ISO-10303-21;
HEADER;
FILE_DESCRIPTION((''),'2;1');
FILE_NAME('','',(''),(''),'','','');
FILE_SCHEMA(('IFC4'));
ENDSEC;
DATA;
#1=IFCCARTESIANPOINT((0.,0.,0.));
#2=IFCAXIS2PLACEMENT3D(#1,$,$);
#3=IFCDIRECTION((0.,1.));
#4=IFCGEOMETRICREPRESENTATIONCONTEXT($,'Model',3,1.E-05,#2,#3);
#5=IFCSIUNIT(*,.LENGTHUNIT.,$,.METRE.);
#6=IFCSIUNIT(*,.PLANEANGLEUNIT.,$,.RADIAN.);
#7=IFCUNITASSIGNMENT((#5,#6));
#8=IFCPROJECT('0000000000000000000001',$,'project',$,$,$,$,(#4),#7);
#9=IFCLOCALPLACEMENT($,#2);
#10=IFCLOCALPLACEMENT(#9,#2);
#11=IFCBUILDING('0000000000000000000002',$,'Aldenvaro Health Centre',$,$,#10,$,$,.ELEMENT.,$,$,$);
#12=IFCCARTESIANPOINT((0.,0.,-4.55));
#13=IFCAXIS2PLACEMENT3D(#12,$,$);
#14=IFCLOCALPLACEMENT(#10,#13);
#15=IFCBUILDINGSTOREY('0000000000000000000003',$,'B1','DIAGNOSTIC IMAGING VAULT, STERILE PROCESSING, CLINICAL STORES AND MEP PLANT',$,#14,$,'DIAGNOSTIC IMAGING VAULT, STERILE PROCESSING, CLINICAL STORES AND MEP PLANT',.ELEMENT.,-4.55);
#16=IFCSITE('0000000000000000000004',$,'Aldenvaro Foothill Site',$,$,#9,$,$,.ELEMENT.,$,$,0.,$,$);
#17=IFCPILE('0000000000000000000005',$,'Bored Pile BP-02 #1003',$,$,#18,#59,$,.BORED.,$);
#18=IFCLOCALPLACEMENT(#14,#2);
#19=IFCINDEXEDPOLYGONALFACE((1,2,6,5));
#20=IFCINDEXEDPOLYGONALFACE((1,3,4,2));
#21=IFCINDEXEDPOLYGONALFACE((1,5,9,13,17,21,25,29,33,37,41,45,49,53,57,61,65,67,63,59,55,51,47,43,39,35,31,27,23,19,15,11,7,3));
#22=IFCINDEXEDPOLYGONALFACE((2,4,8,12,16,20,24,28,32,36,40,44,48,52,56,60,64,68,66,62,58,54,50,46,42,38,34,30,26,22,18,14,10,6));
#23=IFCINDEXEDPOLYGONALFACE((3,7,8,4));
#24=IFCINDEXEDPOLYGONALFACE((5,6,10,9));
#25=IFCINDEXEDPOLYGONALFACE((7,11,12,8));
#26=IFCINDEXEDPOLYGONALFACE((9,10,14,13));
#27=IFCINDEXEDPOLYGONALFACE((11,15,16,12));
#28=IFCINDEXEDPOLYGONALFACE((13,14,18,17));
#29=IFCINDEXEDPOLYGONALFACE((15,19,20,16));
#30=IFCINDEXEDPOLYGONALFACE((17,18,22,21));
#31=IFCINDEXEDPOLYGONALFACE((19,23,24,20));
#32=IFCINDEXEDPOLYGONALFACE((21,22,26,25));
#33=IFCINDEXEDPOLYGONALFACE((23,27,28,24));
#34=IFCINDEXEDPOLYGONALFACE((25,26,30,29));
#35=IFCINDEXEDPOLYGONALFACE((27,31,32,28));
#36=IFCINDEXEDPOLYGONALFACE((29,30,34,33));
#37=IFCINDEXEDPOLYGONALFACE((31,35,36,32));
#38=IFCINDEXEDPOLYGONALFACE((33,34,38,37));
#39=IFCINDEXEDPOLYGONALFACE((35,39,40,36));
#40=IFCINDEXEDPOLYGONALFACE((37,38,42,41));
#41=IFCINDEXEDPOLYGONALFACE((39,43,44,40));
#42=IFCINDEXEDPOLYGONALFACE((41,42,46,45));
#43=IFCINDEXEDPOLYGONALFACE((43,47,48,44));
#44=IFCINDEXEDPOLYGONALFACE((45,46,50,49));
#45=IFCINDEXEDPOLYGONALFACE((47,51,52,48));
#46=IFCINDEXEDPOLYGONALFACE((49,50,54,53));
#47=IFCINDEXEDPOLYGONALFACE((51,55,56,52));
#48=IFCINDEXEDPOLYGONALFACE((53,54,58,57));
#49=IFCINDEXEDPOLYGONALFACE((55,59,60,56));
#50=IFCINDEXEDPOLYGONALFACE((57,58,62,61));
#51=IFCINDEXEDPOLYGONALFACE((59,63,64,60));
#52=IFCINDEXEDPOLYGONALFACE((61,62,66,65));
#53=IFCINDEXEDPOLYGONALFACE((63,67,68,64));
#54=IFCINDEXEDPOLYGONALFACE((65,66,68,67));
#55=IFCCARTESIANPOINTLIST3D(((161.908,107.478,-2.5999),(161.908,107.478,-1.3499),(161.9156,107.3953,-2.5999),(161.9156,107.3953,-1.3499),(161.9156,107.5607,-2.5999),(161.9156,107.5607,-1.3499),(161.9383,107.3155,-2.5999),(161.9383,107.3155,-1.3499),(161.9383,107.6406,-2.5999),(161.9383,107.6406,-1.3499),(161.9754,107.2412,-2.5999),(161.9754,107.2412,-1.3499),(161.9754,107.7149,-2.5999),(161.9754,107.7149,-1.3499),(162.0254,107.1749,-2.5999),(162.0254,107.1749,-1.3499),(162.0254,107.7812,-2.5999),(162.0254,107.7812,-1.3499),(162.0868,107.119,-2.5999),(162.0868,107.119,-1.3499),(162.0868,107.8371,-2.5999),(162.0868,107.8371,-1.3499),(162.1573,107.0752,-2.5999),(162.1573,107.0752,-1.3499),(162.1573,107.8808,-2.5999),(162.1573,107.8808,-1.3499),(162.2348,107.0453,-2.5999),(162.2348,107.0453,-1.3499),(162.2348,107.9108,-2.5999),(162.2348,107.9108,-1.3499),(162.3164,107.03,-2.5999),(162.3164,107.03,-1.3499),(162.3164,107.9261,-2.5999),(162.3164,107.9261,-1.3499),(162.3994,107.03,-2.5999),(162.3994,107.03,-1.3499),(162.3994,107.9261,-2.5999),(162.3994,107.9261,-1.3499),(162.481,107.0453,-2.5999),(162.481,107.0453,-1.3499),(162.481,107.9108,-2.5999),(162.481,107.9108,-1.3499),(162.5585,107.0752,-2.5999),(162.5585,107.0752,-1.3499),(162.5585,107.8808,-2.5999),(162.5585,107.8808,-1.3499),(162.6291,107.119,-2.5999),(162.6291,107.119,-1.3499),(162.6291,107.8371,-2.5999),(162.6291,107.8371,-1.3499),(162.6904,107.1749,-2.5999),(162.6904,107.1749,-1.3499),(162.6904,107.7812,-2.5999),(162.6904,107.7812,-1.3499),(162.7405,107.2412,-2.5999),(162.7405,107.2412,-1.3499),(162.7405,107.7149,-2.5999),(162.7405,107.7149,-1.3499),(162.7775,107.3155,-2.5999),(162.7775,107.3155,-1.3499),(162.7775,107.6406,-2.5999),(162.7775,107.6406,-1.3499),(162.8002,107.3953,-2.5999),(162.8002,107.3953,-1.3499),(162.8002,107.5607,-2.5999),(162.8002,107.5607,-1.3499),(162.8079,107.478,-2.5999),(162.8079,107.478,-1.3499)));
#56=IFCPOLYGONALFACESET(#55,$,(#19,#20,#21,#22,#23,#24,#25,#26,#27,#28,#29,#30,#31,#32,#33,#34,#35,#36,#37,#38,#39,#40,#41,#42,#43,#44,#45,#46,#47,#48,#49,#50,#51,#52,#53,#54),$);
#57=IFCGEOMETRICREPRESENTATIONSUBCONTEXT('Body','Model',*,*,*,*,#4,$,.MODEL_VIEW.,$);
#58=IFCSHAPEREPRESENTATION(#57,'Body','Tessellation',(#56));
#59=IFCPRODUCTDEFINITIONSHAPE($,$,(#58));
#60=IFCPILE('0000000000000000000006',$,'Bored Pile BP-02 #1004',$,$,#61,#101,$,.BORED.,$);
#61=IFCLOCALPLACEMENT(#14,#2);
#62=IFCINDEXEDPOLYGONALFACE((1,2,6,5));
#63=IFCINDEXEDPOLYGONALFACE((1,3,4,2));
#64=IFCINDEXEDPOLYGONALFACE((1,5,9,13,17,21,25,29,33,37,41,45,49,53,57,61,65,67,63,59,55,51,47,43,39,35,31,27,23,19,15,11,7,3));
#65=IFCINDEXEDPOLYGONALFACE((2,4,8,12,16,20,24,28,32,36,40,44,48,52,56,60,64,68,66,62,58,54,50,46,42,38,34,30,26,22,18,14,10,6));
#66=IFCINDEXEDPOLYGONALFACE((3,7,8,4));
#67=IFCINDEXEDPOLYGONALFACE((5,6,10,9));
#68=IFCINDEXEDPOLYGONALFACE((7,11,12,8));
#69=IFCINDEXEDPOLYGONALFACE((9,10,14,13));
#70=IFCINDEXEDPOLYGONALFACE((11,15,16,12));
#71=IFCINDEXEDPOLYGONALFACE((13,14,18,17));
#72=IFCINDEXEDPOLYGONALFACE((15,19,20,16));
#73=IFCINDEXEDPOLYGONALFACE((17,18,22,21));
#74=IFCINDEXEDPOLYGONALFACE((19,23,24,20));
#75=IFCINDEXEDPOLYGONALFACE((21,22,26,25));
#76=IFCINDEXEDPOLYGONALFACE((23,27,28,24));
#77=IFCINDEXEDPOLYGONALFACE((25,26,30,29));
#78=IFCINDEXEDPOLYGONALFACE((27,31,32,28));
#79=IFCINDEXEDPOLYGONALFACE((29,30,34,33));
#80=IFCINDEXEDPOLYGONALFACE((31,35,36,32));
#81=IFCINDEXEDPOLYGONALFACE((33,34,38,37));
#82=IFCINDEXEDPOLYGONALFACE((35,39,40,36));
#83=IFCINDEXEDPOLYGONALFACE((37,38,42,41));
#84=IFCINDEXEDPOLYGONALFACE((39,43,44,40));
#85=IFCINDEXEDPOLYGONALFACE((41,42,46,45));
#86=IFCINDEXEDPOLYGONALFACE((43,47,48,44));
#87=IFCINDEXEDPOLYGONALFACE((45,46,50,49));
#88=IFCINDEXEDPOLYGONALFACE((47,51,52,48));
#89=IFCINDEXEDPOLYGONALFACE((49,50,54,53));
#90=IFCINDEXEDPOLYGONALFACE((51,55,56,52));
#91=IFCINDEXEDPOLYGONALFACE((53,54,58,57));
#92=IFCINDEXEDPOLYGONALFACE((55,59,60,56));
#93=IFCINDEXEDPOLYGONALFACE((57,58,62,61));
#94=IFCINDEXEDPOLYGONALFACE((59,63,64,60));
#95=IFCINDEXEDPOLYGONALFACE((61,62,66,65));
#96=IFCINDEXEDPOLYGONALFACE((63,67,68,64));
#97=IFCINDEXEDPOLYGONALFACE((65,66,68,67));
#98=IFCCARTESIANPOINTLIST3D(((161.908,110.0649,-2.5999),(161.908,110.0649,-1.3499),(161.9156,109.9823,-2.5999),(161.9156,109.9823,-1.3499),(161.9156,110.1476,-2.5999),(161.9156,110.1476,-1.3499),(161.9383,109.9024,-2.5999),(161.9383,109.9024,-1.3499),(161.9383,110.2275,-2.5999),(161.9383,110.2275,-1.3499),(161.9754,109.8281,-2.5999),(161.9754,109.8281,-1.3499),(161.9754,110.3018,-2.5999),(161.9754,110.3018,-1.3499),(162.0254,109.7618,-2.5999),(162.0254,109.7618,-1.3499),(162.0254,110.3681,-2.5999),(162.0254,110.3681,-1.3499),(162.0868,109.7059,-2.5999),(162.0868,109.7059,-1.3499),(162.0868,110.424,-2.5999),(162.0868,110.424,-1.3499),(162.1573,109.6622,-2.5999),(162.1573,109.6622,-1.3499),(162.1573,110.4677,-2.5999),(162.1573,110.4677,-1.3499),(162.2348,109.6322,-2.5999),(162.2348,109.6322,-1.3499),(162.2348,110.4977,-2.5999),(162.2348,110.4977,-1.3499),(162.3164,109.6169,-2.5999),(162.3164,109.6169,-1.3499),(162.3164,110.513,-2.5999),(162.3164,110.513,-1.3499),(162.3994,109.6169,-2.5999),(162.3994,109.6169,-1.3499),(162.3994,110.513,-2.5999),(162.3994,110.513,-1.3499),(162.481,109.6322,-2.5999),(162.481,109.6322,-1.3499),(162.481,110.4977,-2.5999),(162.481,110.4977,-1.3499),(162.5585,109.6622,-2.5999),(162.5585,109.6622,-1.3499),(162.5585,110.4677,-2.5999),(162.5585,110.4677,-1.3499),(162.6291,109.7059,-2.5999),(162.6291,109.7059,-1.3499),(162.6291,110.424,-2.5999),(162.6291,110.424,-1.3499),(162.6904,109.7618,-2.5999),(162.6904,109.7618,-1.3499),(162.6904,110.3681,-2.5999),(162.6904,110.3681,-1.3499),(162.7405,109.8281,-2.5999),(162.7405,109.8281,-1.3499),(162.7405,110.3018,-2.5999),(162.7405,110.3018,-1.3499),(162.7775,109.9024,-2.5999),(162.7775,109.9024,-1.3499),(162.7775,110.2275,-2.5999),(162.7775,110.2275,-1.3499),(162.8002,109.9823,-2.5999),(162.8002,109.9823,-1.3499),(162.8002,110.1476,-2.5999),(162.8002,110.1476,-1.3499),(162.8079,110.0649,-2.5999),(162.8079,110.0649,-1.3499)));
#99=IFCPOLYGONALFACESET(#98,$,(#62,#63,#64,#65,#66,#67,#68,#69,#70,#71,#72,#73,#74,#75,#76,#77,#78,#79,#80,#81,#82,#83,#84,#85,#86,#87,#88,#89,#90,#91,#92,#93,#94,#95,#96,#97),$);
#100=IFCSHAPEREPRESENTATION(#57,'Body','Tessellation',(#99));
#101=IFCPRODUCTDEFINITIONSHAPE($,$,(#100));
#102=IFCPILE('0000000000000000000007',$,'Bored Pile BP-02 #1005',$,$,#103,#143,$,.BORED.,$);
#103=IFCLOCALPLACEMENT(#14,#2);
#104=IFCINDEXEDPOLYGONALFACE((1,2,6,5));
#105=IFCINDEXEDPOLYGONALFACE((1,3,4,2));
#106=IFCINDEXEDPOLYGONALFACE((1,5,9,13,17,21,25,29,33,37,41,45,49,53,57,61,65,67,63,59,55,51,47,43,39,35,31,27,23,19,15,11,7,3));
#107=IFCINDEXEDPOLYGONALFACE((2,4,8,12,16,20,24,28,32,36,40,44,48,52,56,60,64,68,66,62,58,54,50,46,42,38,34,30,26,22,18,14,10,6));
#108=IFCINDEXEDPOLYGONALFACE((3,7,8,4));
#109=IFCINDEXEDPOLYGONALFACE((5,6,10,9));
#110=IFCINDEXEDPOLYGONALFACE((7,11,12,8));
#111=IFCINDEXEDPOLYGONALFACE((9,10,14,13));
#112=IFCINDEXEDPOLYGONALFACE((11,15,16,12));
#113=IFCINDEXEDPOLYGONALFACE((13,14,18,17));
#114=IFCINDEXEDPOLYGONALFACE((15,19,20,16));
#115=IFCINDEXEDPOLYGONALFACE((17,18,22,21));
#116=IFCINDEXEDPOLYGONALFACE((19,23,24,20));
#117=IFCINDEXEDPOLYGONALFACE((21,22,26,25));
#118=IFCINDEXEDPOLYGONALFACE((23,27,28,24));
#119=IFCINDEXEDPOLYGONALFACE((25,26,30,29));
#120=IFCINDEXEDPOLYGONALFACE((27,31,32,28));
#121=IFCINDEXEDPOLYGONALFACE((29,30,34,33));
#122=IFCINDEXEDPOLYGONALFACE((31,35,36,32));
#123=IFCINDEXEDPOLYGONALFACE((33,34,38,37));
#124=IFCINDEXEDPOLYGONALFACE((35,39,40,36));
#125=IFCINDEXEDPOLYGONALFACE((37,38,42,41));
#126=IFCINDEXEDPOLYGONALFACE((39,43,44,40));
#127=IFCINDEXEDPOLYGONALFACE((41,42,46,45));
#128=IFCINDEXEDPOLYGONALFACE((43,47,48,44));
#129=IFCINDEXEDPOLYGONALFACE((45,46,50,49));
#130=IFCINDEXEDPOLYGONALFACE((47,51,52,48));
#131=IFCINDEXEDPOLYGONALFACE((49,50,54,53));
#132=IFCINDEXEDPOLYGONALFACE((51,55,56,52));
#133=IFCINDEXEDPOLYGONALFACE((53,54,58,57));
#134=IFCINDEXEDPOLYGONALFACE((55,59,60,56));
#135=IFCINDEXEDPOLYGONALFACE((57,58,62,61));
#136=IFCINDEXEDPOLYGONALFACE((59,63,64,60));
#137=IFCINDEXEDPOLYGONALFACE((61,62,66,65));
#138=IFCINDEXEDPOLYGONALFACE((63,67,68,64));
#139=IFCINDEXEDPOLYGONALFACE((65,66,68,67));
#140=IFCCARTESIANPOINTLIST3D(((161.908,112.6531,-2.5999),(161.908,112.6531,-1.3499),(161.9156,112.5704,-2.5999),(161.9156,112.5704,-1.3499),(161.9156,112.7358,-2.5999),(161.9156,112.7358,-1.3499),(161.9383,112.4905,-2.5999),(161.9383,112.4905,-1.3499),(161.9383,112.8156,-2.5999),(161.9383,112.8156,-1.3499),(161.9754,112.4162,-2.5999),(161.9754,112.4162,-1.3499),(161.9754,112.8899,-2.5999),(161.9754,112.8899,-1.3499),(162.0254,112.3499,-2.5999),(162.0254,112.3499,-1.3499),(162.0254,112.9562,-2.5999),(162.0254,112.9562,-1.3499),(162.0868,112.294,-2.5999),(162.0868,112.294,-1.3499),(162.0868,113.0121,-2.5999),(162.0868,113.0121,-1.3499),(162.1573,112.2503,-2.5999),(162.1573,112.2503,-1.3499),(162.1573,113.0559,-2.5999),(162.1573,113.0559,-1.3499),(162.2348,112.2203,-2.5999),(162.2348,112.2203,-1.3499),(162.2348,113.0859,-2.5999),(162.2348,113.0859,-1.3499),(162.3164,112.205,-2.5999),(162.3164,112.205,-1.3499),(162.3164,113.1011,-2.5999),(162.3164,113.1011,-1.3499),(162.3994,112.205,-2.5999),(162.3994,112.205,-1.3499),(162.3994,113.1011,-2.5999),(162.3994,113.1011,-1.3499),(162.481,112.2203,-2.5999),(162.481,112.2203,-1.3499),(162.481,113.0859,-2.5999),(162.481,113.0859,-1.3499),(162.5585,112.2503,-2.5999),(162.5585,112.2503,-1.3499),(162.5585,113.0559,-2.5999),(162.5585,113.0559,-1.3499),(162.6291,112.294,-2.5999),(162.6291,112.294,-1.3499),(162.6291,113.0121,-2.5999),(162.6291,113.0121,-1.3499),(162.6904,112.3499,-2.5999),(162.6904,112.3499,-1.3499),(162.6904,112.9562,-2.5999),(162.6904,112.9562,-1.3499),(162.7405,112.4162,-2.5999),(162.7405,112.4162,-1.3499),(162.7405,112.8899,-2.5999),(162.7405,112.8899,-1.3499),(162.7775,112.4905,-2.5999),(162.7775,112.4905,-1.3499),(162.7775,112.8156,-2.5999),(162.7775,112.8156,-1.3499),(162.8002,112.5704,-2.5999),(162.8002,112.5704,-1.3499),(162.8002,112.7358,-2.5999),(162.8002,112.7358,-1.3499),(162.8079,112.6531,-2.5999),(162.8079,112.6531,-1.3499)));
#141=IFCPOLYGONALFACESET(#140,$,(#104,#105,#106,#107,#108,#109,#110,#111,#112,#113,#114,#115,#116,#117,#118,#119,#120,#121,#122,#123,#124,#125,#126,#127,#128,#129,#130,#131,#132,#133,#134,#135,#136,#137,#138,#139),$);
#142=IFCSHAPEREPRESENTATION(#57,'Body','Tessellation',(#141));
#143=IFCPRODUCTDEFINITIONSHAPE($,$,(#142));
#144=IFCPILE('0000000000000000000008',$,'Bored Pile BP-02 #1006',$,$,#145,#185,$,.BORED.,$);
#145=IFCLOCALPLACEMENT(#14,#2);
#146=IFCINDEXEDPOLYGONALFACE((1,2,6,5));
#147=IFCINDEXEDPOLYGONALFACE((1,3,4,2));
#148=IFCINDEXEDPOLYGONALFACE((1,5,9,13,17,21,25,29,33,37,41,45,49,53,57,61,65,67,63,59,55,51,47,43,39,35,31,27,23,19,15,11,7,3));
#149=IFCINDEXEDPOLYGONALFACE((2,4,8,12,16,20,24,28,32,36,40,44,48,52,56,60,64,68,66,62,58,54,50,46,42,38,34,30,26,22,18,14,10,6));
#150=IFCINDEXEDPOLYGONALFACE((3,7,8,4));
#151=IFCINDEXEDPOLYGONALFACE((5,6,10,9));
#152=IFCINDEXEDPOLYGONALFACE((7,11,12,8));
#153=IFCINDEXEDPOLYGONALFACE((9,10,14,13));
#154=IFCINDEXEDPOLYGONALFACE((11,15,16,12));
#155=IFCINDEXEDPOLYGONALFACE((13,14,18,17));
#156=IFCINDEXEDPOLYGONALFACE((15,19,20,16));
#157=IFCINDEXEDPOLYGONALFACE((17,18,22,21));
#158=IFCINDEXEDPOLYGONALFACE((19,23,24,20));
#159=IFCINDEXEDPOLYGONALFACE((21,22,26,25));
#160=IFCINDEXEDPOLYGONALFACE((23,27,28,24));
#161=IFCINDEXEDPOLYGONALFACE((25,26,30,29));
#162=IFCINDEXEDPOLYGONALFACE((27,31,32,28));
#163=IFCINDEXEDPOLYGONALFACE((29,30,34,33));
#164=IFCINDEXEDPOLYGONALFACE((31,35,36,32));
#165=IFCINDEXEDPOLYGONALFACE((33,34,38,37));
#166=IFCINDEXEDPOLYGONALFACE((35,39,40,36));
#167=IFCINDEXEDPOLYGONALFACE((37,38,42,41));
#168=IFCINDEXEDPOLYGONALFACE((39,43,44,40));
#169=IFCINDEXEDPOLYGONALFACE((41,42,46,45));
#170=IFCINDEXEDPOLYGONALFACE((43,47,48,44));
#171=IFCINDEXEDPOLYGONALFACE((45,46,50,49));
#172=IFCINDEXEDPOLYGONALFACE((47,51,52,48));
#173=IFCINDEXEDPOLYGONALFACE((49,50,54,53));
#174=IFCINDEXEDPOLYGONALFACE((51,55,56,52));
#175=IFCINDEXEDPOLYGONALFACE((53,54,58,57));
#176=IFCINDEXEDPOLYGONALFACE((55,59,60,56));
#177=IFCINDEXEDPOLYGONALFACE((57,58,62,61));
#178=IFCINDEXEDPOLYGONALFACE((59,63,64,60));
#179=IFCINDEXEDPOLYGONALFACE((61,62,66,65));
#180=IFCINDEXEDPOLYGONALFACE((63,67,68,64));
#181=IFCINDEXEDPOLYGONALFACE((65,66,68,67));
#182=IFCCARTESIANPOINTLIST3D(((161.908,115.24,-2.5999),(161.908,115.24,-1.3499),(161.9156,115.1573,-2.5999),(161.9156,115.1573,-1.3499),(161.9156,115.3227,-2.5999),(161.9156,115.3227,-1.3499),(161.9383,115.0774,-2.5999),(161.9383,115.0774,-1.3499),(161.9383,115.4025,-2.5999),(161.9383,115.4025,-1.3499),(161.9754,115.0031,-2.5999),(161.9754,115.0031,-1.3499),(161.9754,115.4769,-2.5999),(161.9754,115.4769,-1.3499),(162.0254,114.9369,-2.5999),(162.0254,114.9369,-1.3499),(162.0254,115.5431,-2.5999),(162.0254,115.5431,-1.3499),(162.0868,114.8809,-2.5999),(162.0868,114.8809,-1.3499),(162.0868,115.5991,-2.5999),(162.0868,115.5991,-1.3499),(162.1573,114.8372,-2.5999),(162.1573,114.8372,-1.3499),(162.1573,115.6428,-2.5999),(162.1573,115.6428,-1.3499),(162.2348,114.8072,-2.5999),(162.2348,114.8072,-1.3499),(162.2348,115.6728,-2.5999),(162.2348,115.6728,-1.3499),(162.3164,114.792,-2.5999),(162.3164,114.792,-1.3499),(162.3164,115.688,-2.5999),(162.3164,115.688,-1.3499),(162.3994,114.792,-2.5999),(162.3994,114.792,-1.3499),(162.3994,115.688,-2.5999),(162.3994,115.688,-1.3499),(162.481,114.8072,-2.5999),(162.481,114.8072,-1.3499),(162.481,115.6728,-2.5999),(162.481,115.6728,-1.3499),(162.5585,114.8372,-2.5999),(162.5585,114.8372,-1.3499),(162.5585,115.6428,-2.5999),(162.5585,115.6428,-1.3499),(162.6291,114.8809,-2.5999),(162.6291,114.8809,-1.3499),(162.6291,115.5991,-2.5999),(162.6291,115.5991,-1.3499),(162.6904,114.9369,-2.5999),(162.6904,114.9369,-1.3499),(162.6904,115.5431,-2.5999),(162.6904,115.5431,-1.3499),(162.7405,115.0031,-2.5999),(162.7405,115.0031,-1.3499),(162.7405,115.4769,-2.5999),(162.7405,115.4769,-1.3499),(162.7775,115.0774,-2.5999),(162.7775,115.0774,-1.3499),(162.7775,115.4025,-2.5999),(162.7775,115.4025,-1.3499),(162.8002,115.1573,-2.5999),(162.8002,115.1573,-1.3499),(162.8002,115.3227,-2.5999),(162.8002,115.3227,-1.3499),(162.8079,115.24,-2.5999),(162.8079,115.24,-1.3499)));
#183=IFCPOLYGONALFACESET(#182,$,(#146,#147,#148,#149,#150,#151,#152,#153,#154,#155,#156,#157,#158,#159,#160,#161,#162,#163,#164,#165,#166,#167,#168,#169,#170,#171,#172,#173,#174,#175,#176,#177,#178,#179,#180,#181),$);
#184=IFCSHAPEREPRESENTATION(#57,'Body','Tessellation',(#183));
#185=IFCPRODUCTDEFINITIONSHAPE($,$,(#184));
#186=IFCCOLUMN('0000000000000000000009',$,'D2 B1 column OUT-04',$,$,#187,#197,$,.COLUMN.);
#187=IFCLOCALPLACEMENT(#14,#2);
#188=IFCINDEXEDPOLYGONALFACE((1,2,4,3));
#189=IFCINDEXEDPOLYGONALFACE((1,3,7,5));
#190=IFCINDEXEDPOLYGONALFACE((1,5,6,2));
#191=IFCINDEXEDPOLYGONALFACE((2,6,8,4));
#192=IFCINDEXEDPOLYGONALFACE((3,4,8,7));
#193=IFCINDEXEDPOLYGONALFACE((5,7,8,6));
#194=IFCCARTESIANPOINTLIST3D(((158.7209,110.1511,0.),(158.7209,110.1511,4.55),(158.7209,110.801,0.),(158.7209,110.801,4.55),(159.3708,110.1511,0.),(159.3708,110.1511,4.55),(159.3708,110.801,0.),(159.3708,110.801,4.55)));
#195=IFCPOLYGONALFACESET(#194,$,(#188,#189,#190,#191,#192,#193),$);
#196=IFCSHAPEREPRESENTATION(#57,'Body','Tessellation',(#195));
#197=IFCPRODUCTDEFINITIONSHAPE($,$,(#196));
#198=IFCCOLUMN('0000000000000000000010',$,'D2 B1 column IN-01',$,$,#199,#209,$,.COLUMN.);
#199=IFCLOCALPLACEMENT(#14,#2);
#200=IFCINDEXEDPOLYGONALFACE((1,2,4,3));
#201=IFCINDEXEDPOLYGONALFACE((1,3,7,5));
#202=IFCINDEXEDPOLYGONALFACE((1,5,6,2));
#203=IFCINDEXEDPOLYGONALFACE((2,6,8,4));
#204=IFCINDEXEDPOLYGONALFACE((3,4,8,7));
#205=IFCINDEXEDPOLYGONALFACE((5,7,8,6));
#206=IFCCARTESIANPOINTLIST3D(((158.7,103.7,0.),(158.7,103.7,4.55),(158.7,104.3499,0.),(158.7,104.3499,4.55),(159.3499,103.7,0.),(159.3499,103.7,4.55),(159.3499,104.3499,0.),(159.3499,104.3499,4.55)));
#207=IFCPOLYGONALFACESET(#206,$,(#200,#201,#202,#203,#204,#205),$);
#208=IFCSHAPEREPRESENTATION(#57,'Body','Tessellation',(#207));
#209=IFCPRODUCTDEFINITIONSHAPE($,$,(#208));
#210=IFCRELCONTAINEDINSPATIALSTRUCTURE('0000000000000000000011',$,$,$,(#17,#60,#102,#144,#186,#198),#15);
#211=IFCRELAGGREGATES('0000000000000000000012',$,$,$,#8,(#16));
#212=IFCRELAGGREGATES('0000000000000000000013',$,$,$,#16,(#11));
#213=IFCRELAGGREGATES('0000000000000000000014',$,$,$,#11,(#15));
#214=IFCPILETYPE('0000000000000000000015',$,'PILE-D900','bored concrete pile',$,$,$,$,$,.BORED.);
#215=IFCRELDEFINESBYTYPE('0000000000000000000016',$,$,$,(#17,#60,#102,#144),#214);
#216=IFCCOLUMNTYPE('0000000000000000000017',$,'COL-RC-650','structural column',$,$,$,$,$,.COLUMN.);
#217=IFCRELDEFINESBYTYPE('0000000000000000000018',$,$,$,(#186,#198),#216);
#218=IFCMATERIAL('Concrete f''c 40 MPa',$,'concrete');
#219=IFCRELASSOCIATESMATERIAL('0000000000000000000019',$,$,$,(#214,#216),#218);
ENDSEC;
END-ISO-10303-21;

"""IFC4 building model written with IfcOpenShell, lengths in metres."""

from ifc_helpers import new_model, si_unit, direction, frame, origin, origin_2d, place, context, subcontext, project, spatial, rectangle, circle, extrude, material, material_profile, profile_set, type_object, element, save


model = new_model("IFC4")

# Units and contexts
model_context = context("Model", 3, precision=1e-05, world=origin(), true_north=direction((0.0, 1.0)))
body_context = subcontext(model_context, "Body", "Model", "MODEL_VIEW")
ifc_project = project(units=[si_unit("LENGTHUNIT", "METRE"), si_unit("PLANEANGLEUNIT", "RADIAN")], contexts=[model_context])

# Site, building, storey
site_placement = place(None, origin())
site = spatial("IfcSite", under=ifc_project, at=site_placement, Name="Aldenvaro Foothill Site", CompositionType="ELEMENT", RefElevation=0.0)
building_placement = place(site_placement, origin())
building = spatial("IfcBuilding", under=site, at=building_placement, Name="Aldenvaro Health Centre", CompositionType="ELEMENT")
storey_placement = place(building_placement, frame((0.0, 0.0, -4.55)))
storey = spatial("IfcBuildingStorey", under=building, at=storey_placement, Name="B1", Description="DIAGNOSTIC IMAGING VAULT, STERILE PROCESSING, CLINICAL STORES AND MEP PLANT", LongName="DIAGNOSTIC IMAGING VAULT, STERILE PROCESSING, CLINICAL STORES AND MEP PLANT", CompositionType="ELEMENT", Elevation=-4.55)

# Piles
ifc_material_1 = material(Name="Concrete f'c 40 MPa", Category="concrete")
ifc_material_profile_1 = material_profile(ifc_material_1, circle(Radius=0.45, at=origin_2d()), Name="PILE D900", Category="concrete")
ifc_profile_set_1 = profile_set([ifc_material_profile_1], Name="Concrete f'c 40 MPa")
pile_type = type_object("IfcPileType", Name="PILE-D900", Description="bored concrete pile", PredefinedType="BORED", material=ifc_profile_set_1)
for number, where, z_axis, x_axis, name in (
    (1, (162.3579, 107.478, -1.3499), (0.0, 0.0, -1.0), (1.0, 0.0, 0.0), "Bored Pile BP-02 #1003"),
    (2, (162.3579, 110.0649, -1.3499), (0.0, 0.0, -1.0), (1.0, 0.0, 0.0), "Bored Pile BP-02 #1004"),
    (3, (162.3579, 112.6531, -1.3499), (0.0, 0.0, -1.0), (1.0, 0.0, 0.0), "Bored Pile BP-02 #1005"),
    (4, (162.3579, 115.24, -1.3499), (0.0, 0.0, -1.0), (1.0, 0.0, 0.0), "Bored Pile BP-02 #1006"),
):
    element("IfcPile", number, at=place(storey_placement, frame(where, z_axis=z_axis, x_axis=x_axis)), inside=storey, type_object=pile_type, Name=name, PredefinedType="BORED", context=body_context, shape_type="SweptSolid", body=[
        extrude(circle(Radius=0.45, at=origin_2d()), origin(), (0.0, 0.0, 1.0), 1.25),
    ])

# Columns
ifc_material_profile_2 = material_profile(ifc_material_1, rectangle(XDim=0.6499, YDim=0.6499, at=origin_2d()), Name="RC 650x650", Category="concrete")
ifc_profile_set_2 = profile_set([ifc_material_profile_2], Name="Concrete f'c 40 MPa")
column_type = type_object("IfcColumnType", Name="COL-RC-650", Description="structural column", PredefinedType="COLUMN", material=ifc_profile_set_2)
for number, where, z_axis, x_axis, name in (
    (5, (159.0459, 110.4761, 0.0), (0.0, 0.0, 1.0), (1.0, 0.0, 0.0), "D2 B1 column OUT-04"),
    (6, (159.0249, 104.0249, 0.0), (0.0, 0.0, 1.0), (1.0, 0.0, 0.0), "D2 B1 column IN-01"),
):
    element("IfcColumn", number, at=place(storey_placement, frame(where, z_axis=z_axis, x_axis=x_axis)), inside=storey, type_object=column_type, Name=name, PredefinedType="COLUMN", context=body_context, shape_type="SweptSolid", body=[
        extrude(rectangle(XDim=0.6499, YDim=0.6499, at=origin_2d()), origin(), (0.0, 0.0, 1.0), 4.55),
    ])

save(model, "model.ifc")
